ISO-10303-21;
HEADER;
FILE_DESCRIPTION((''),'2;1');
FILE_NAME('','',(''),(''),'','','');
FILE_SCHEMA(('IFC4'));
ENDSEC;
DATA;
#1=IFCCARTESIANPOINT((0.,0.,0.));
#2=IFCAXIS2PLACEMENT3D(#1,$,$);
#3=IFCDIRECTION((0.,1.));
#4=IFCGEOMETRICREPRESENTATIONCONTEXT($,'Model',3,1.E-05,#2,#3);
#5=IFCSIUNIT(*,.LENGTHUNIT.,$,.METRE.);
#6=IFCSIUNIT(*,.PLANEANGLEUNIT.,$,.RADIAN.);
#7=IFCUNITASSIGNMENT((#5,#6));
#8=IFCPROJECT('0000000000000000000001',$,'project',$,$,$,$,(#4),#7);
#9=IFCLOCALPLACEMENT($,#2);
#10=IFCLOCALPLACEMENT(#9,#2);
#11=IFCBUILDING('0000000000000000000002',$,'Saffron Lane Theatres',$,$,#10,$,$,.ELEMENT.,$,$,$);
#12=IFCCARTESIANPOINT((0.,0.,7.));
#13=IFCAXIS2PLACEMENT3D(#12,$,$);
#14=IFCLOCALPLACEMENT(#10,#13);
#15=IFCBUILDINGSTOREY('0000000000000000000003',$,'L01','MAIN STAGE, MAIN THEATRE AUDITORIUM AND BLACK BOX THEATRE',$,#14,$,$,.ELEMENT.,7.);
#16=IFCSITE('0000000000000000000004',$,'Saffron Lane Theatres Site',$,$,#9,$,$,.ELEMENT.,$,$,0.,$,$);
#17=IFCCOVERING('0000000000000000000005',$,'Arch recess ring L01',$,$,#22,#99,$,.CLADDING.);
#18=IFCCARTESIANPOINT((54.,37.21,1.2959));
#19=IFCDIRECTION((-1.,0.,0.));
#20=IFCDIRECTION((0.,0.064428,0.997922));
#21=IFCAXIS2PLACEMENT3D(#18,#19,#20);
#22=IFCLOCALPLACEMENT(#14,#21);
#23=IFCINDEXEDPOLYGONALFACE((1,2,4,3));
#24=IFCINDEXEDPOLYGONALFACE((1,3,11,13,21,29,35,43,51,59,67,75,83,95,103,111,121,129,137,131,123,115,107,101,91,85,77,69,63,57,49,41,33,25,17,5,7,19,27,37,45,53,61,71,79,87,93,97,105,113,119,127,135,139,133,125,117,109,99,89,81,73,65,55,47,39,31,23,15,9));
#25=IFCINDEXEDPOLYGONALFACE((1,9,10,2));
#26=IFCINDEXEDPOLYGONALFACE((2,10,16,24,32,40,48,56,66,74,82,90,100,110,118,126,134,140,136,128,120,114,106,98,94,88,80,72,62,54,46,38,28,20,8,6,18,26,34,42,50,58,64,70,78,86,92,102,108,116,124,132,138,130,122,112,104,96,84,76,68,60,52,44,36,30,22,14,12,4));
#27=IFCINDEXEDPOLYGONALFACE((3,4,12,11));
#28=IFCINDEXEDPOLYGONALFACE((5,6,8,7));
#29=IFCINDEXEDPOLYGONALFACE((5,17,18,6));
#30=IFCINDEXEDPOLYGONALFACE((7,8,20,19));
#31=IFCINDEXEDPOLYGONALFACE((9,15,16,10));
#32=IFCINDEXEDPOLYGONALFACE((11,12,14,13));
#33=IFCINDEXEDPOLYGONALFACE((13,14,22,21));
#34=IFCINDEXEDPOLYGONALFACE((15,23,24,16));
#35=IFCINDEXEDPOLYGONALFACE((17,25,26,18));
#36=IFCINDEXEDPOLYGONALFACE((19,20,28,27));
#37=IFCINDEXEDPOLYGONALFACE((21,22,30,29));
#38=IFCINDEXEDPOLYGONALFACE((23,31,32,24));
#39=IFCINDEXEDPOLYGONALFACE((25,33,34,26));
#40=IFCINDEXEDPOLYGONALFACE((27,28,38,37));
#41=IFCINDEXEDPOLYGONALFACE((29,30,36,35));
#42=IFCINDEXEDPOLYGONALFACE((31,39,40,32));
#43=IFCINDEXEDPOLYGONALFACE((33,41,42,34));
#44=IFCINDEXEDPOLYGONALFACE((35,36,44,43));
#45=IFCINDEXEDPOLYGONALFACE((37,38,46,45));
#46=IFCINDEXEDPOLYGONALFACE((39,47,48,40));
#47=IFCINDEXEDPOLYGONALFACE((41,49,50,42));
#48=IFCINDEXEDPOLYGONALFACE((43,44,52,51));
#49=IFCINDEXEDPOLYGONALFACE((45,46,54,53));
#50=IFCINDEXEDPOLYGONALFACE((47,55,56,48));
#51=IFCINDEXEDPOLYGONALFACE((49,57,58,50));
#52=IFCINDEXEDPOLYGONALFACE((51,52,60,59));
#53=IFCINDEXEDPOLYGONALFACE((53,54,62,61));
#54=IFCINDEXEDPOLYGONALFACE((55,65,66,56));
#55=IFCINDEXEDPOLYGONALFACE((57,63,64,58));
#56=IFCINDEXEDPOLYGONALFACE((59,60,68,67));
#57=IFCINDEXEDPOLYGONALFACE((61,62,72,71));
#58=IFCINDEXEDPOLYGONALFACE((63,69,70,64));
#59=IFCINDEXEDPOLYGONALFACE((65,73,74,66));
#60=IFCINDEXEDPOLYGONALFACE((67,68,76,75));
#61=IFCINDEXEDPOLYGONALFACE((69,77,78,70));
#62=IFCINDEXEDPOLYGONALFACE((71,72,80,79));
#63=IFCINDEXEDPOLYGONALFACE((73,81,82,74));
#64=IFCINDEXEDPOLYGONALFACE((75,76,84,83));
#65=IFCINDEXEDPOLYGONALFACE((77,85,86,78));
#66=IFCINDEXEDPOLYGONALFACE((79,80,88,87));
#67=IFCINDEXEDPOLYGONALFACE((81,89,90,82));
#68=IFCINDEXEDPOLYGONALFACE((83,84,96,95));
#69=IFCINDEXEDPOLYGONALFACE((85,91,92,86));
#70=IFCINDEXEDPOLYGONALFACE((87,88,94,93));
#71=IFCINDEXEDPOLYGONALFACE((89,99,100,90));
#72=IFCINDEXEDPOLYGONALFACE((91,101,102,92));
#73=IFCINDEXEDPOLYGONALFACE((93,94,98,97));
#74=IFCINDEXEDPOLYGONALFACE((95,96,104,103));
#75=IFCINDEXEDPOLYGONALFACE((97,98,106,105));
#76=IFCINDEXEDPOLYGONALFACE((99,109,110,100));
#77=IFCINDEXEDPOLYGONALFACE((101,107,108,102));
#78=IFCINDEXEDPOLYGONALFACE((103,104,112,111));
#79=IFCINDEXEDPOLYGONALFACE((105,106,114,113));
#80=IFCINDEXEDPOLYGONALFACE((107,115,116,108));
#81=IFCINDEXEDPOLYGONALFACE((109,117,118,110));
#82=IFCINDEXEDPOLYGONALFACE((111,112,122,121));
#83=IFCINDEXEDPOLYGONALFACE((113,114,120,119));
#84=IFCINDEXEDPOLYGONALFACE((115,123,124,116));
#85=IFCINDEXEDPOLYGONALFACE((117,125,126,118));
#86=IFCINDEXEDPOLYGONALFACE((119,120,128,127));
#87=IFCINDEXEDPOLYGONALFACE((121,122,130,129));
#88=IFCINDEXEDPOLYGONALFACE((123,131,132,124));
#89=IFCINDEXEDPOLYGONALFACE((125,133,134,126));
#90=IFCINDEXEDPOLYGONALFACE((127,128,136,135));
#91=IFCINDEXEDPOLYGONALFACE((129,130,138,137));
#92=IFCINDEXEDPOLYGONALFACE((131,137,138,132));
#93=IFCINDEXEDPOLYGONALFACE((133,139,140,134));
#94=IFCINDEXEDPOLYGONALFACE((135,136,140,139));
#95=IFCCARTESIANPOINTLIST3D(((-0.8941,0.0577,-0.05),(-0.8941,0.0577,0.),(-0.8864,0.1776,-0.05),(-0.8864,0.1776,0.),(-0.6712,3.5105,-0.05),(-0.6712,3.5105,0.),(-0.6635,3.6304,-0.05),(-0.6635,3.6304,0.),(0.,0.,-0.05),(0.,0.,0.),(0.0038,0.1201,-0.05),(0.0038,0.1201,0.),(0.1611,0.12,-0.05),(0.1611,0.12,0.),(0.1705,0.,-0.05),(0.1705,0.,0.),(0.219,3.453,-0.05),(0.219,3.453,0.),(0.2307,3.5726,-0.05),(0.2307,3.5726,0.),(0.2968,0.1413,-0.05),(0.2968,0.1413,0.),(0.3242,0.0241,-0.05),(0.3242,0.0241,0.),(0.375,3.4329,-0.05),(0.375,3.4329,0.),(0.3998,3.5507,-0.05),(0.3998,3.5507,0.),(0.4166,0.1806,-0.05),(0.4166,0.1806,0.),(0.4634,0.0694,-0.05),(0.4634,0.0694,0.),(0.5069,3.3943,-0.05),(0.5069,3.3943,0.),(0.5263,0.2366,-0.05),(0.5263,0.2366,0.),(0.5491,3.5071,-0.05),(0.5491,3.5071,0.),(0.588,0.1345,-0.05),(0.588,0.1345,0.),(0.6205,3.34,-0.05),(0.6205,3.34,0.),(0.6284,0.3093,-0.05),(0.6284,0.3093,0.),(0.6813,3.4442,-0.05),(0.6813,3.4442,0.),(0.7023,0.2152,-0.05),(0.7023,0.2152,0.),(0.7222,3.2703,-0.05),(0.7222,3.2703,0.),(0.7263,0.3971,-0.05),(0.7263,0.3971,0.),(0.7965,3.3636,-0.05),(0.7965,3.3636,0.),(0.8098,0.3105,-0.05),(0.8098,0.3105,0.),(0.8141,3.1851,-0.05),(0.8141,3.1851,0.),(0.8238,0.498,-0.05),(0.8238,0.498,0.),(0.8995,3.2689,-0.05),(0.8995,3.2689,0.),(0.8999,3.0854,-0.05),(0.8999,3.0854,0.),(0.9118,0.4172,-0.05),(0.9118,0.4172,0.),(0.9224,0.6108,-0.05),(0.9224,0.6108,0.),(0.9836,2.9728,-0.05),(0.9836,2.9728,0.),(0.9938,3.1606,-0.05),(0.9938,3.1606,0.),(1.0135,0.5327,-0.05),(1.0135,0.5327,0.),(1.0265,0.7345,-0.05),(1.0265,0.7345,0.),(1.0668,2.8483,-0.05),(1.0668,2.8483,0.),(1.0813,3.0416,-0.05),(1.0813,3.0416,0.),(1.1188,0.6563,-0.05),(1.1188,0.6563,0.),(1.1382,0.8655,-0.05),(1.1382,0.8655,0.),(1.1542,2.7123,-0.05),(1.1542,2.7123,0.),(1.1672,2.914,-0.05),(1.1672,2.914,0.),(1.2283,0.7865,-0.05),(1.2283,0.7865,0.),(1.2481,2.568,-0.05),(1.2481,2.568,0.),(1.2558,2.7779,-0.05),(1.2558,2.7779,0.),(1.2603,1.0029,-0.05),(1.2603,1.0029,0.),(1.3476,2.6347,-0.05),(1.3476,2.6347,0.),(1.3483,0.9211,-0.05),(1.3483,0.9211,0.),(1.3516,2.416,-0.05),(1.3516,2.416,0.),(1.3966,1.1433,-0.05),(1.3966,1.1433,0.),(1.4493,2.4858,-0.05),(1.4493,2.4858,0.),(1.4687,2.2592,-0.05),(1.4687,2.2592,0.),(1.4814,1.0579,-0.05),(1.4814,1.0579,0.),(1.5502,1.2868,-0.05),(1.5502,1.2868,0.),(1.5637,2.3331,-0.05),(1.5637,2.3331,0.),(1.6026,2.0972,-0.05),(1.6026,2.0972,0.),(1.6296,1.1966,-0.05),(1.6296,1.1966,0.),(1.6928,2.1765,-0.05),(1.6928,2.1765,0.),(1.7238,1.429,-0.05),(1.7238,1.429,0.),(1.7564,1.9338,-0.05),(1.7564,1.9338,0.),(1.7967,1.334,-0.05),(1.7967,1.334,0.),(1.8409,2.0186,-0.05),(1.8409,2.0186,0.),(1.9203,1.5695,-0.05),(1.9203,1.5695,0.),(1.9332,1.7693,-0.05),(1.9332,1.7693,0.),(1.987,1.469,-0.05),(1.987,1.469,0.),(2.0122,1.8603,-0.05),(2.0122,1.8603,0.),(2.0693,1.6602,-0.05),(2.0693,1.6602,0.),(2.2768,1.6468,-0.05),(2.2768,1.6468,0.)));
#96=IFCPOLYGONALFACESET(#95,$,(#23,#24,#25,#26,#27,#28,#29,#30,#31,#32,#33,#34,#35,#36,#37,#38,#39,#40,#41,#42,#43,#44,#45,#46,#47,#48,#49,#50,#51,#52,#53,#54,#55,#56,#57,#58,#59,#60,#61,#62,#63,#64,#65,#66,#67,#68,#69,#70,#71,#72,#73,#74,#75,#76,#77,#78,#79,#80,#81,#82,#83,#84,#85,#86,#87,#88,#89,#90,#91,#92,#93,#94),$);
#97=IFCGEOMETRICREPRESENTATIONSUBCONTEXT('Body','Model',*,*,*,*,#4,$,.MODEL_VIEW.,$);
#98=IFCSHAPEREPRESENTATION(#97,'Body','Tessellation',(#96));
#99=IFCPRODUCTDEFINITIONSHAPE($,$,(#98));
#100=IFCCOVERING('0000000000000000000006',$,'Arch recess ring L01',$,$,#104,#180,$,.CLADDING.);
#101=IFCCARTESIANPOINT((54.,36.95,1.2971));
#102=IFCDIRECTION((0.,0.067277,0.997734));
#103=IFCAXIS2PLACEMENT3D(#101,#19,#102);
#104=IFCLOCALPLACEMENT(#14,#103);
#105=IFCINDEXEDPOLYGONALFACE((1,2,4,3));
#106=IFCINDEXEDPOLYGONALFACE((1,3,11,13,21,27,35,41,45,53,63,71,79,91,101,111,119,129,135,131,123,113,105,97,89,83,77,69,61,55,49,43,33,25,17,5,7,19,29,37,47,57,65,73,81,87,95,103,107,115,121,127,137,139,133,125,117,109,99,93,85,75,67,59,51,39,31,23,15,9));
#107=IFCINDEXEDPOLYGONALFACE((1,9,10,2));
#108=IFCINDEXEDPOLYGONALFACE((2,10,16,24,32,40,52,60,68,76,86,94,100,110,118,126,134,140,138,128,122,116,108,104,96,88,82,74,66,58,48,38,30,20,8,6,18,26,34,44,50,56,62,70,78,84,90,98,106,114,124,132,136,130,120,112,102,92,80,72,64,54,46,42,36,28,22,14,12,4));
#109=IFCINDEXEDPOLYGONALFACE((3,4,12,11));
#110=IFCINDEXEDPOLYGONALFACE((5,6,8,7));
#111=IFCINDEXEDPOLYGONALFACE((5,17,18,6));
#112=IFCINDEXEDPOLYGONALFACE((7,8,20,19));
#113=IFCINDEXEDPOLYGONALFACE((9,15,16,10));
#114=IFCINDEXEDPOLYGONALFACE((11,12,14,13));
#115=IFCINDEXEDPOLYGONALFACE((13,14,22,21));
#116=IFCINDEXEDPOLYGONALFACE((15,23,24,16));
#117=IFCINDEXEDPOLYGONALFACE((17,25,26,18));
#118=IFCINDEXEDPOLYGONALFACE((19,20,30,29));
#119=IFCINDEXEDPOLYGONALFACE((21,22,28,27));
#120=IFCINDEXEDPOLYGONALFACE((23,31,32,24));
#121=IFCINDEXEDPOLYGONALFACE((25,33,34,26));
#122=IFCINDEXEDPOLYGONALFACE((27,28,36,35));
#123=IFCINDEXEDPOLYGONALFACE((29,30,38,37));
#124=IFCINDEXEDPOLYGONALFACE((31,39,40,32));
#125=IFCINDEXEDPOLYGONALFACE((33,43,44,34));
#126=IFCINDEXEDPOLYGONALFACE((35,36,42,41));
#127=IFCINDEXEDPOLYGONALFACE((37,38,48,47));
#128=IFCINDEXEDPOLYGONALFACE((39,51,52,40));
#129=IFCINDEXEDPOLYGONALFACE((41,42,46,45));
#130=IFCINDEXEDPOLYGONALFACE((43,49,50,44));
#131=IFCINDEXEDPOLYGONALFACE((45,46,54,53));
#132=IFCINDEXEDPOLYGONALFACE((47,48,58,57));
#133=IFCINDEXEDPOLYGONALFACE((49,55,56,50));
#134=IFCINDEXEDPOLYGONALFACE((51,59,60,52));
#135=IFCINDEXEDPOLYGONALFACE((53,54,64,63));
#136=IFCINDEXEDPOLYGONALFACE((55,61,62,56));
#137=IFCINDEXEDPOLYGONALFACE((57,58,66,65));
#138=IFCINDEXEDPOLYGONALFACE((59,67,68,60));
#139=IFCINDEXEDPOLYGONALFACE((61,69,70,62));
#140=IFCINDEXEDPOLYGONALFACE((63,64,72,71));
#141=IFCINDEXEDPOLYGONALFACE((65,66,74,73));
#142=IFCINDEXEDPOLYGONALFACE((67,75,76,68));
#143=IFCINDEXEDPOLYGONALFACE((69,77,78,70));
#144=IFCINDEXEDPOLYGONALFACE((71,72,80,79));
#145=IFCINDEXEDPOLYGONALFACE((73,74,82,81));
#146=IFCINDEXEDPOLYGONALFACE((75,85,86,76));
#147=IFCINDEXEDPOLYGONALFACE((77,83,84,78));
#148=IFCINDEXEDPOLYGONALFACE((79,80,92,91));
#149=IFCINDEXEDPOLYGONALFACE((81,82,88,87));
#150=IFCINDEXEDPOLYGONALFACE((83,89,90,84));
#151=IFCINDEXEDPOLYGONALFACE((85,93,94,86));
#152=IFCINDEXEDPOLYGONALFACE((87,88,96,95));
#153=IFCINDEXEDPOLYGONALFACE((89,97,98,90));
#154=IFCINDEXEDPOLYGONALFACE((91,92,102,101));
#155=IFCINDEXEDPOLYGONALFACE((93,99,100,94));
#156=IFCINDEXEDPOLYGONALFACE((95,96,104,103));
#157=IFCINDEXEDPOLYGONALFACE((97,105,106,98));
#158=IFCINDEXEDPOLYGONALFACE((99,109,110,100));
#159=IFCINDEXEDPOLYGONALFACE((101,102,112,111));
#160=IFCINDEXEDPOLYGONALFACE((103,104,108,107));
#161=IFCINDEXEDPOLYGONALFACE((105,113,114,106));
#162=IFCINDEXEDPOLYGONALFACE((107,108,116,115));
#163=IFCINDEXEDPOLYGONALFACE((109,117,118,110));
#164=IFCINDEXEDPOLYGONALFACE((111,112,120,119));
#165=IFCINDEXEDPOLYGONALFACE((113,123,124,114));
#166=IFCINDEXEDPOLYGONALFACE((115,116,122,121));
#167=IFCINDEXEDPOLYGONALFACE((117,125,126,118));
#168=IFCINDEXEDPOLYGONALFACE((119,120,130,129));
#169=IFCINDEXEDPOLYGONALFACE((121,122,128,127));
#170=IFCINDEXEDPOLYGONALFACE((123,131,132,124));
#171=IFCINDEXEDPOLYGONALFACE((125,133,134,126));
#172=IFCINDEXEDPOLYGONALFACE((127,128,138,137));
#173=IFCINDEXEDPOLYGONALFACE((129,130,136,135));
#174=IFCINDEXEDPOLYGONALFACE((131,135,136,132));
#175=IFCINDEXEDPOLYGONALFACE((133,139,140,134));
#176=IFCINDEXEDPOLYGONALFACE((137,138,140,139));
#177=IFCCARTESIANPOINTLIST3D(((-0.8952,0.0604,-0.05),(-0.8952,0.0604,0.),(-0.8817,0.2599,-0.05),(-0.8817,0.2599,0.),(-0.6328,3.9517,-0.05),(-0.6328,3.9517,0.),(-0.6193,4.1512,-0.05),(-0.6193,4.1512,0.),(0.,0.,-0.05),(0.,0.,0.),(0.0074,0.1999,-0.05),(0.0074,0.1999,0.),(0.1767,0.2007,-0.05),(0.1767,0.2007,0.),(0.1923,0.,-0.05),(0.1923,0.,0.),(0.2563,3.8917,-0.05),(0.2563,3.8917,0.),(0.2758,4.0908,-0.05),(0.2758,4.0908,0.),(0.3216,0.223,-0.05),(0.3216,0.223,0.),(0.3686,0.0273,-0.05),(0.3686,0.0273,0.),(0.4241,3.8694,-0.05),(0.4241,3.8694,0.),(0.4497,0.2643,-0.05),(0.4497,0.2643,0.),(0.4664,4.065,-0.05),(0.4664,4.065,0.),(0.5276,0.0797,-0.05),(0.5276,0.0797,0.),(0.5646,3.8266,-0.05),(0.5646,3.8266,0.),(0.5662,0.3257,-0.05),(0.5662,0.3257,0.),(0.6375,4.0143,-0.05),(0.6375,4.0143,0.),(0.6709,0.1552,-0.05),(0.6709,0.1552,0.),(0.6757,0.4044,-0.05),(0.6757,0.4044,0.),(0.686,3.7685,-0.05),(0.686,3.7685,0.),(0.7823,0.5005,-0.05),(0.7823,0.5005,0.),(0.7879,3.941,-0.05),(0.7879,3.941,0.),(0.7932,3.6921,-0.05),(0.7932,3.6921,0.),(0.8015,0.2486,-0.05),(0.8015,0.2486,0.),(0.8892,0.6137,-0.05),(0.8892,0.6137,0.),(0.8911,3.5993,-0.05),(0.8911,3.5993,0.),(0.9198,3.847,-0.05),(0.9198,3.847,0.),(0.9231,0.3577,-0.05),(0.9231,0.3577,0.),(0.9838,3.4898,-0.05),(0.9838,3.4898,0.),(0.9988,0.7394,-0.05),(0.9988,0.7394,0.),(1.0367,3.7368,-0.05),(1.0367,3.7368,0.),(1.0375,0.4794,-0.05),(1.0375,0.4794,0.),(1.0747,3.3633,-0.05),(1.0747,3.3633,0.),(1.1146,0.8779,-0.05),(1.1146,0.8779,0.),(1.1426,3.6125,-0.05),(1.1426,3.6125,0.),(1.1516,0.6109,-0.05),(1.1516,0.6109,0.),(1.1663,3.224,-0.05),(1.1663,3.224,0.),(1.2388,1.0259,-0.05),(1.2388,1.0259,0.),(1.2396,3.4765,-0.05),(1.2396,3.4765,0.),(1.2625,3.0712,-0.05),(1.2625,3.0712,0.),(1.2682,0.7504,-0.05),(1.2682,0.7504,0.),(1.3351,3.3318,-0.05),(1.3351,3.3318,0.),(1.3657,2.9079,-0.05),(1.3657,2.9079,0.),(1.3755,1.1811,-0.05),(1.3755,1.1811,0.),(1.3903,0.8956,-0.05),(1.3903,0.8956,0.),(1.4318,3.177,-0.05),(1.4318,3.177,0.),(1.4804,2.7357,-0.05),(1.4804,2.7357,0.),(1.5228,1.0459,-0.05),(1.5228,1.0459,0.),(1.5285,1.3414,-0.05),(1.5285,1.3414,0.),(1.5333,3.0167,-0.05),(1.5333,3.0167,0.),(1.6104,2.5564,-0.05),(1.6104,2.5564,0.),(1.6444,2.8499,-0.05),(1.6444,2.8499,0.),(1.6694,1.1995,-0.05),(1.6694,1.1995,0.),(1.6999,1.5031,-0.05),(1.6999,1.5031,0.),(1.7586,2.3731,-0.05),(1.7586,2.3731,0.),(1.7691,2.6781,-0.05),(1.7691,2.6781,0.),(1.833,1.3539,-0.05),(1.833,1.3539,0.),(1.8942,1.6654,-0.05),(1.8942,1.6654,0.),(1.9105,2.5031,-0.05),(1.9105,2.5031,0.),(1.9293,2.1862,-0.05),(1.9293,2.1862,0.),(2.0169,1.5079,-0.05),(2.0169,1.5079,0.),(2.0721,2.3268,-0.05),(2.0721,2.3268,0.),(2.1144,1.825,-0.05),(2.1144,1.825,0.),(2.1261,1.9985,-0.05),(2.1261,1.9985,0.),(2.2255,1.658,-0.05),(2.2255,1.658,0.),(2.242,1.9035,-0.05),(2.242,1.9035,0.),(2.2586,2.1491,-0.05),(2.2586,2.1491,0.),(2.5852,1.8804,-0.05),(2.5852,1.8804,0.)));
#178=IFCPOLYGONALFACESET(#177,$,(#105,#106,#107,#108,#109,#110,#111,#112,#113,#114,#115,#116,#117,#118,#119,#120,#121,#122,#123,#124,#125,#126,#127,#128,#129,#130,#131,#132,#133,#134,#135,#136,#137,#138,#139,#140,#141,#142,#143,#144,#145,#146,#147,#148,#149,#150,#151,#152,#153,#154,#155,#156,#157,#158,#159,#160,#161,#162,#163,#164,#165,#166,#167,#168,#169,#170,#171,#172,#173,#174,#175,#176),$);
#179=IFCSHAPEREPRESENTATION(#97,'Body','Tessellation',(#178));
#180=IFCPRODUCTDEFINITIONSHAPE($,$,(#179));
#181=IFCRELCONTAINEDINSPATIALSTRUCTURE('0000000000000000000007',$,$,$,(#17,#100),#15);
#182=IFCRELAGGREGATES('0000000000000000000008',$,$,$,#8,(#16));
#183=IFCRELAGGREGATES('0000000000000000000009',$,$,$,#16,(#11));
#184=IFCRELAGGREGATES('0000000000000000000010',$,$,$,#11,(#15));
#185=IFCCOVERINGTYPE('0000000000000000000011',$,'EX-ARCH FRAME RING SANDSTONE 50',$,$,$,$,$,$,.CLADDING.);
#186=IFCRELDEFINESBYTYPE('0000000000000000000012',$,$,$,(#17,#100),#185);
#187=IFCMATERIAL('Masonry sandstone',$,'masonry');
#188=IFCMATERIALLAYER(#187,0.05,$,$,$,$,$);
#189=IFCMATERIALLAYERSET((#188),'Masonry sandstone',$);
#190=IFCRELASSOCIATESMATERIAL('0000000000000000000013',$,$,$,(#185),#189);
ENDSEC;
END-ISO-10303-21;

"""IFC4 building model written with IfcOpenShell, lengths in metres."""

from ifc_helpers import new_model, si_unit, direction, frame, origin, place, context, subcontext, project, spatial, polyline, outline, extrude, material, layer, layer_set, type_object, element, save


model = new_model("IFC4")

# Units and contexts
model_context = context("Model", 3, precision=1e-05, world=origin(), true_north=direction((0.0, 1.0)))
body_context = subcontext(model_context, "Body", "Model", "MODEL_VIEW")
ifc_project = project(units=[si_unit("LENGTHUNIT", "METRE"), si_unit("PLANEANGLEUNIT", "RADIAN")], contexts=[model_context])

# Site, building, storey
site_placement = place(None, origin())
site = spatial("IfcSite", under=ifc_project, at=site_placement, Name="Saffron Lane Theatres Site", CompositionType="ELEMENT", RefElevation=0.0)
building_placement = place(site_placement, origin())
building = spatial("IfcBuilding", under=site, at=building_placement, Name="Saffron Lane Theatres", CompositionType="ELEMENT")
storey_placement = place(building_placement, frame((0.0, 0.0, 7.0)))
storey = spatial("IfcBuildingStorey", under=building, at=storey_placement, Name="L01", Description="MAIN STAGE, MAIN THEATRE AUDITORIUM AND BLACK BOX THEATRE", CompositionType="ELEMENT", Elevation=7.0)

# Coverings
ifc_material_1 = material(Name="Masonry sandstone", Category="masonry")
ifc_layer_1 = layer(ifc_material_1, 0.05)
ifc_layer_set_1 = layer_set([ifc_layer_1], Name="Masonry sandstone")
covering_type_1 = type_object("IfcCoveringType", Name="EX-ARCH FRAME RING SANDSTONE 50", PredefinedType="CLADDING", material=ifc_layer_set_1)
covering_1_placement = place(storey_placement, frame((54.0, 37.21, 1.2959), z_axis=(-1.0, 0.0, 0.0), x_axis=(0.0, 0.064428, 0.997922)))
element("IfcCovering", 1, at=covering_1_placement, inside=storey, type_object=covering_type_1, Name="Arch recess ring L01", PredefinedType="CLADDING", context=body_context, shape_type="SweptSolid", body=[
    extrude(outline(polyline([(0.0, 0.0), (0.1705, 0.0), (0.3242, 0.0241), (0.4634, 0.0694), (0.588, 0.1345), (0.7023, 0.2152), (0.8098, 0.3105), (0.9118, 0.4172), (1.0135, 0.5327), (1.1188, 0.6563), (1.2283, 0.7865), (1.3483, 0.9211), (1.4814, 1.0579), (1.6296, 1.1966), (1.7967, 1.334), (1.987, 1.469), (2.2768, 1.6468), (2.0122, 1.8603), (1.8409, 2.0186), (1.6928, 2.1765), (1.5637, 2.3331), (1.4493, 2.4858), (1.3476, 2.6347), (1.2558, 2.7779), (1.1672, 2.914), (1.0813, 3.0416), (0.9938, 3.1606), (0.8995, 3.2689), (0.7965, 3.3636), (0.6813, 3.4442), (0.5491, 3.5071), (0.3998, 3.5507), (0.2307, 3.5726), (-0.6635, 3.6304), (-0.6712, 3.5105), (0.219, 3.453), (0.375, 3.4329), (0.5069, 3.3943), (0.6205, 3.34), (0.7222, 3.2703), (0.8141, 3.1851), (0.8999, 3.0854), (0.9836, 2.9728), (1.0668, 2.8483), (1.1542, 2.7123), (1.2481, 2.568), (1.3516, 2.416), (1.4687, 2.2592), (1.6026, 2.0972), (1.7564, 1.9338), (1.9332, 1.7693), (2.0693, 1.6602), (1.9203, 1.5695), (1.7238, 1.429), (1.5502, 1.2868), (1.3966, 1.1433), (1.2603, 1.0029), (1.1382, 0.8655), (1.0265, 0.7345), (0.9224, 0.6108), (0.8238, 0.498), (0.7263, 0.3971), (0.6284, 0.3093), (0.5263, 0.2366), (0.4166, 0.1806), (0.2968, 0.1413), (0.1611, 0.12), (0.0038, 0.1201), (-0.8864, 0.1776), (-0.8941, 0.0577), (0.0, 0.0)])), origin(), (0.0, 0.0, -1.0), 0.05),
])
covering_2_placement = place(storey_placement, frame((54.0, 36.95, 1.2971), z_axis=(-1.0, 0.0, 0.0), x_axis=(0.0, 0.067277, 0.997734)))
element("IfcCovering", 2, at=covering_2_placement, inside=storey, type_object=covering_type_1, Name="Arch recess ring L01", PredefinedType="CLADDING", context=body_context, shape_type="SweptSolid", body=[
    extrude(outline(polyline([(0.0, 0.0), (0.1923, 0.0), (0.3686, 0.0273), (0.5276, 0.0797), (0.6709, 0.1552), (0.8015, 0.2486), (0.9231, 0.3577), (1.0375, 0.4794), (1.1516, 0.6109), (1.2682, 0.7504), (1.3903, 0.8956), (1.5228, 1.0459), (1.6694, 1.1995), (1.833, 1.3539), (2.0169, 1.5079), (2.2255, 1.658), (2.5852, 1.8804), (2.2586, 2.1491), (2.0721, 2.3268), (1.9105, 2.5031), (1.7691, 2.6781), (1.6444, 2.8499), (1.5333, 3.0167), (1.4318, 3.177), (1.3351, 3.3318), (1.2396, 3.4765), (1.1426, 3.6125), (1.0367, 3.7368), (0.9198, 3.847), (0.7879, 3.941), (0.6375, 4.0143), (0.4664, 4.065), (0.2758, 4.0908), (-0.6193, 4.1512), (-0.6328, 3.9517), (0.2563, 3.8917), (0.4241, 3.8694), (0.5646, 3.8266), (0.686, 3.7685), (0.7932, 3.6921), (0.8911, 3.5993), (0.9838, 3.4898), (1.0747, 3.3633), (1.1663, 3.224), (1.2625, 3.0712), (1.3657, 2.9079), (1.4804, 2.7357), (1.6104, 2.5564), (1.7586, 2.3731), (1.9293, 2.1862), (2.1261, 1.9985), (2.242, 1.9035), (2.1144, 1.825), (1.8942, 1.6654), (1.6999, 1.5031), (1.5285, 1.3414), (1.3755, 1.1811), (1.2388, 1.0259), (1.1146, 0.8779), (0.9988, 0.7394), (0.8892, 0.6137), (0.7823, 0.5005), (0.6757, 0.4044), (0.5662, 0.3257), (0.4497, 0.2643), (0.3216, 0.223), (0.1767, 0.2007), (0.0074, 0.1999), (-0.8817, 0.2599), (-0.8952, 0.0604), (0.0, 0.0)])), origin(), (0.0, 0.0, -1.0), 0.05),
])

save(model, "model.ifc")
